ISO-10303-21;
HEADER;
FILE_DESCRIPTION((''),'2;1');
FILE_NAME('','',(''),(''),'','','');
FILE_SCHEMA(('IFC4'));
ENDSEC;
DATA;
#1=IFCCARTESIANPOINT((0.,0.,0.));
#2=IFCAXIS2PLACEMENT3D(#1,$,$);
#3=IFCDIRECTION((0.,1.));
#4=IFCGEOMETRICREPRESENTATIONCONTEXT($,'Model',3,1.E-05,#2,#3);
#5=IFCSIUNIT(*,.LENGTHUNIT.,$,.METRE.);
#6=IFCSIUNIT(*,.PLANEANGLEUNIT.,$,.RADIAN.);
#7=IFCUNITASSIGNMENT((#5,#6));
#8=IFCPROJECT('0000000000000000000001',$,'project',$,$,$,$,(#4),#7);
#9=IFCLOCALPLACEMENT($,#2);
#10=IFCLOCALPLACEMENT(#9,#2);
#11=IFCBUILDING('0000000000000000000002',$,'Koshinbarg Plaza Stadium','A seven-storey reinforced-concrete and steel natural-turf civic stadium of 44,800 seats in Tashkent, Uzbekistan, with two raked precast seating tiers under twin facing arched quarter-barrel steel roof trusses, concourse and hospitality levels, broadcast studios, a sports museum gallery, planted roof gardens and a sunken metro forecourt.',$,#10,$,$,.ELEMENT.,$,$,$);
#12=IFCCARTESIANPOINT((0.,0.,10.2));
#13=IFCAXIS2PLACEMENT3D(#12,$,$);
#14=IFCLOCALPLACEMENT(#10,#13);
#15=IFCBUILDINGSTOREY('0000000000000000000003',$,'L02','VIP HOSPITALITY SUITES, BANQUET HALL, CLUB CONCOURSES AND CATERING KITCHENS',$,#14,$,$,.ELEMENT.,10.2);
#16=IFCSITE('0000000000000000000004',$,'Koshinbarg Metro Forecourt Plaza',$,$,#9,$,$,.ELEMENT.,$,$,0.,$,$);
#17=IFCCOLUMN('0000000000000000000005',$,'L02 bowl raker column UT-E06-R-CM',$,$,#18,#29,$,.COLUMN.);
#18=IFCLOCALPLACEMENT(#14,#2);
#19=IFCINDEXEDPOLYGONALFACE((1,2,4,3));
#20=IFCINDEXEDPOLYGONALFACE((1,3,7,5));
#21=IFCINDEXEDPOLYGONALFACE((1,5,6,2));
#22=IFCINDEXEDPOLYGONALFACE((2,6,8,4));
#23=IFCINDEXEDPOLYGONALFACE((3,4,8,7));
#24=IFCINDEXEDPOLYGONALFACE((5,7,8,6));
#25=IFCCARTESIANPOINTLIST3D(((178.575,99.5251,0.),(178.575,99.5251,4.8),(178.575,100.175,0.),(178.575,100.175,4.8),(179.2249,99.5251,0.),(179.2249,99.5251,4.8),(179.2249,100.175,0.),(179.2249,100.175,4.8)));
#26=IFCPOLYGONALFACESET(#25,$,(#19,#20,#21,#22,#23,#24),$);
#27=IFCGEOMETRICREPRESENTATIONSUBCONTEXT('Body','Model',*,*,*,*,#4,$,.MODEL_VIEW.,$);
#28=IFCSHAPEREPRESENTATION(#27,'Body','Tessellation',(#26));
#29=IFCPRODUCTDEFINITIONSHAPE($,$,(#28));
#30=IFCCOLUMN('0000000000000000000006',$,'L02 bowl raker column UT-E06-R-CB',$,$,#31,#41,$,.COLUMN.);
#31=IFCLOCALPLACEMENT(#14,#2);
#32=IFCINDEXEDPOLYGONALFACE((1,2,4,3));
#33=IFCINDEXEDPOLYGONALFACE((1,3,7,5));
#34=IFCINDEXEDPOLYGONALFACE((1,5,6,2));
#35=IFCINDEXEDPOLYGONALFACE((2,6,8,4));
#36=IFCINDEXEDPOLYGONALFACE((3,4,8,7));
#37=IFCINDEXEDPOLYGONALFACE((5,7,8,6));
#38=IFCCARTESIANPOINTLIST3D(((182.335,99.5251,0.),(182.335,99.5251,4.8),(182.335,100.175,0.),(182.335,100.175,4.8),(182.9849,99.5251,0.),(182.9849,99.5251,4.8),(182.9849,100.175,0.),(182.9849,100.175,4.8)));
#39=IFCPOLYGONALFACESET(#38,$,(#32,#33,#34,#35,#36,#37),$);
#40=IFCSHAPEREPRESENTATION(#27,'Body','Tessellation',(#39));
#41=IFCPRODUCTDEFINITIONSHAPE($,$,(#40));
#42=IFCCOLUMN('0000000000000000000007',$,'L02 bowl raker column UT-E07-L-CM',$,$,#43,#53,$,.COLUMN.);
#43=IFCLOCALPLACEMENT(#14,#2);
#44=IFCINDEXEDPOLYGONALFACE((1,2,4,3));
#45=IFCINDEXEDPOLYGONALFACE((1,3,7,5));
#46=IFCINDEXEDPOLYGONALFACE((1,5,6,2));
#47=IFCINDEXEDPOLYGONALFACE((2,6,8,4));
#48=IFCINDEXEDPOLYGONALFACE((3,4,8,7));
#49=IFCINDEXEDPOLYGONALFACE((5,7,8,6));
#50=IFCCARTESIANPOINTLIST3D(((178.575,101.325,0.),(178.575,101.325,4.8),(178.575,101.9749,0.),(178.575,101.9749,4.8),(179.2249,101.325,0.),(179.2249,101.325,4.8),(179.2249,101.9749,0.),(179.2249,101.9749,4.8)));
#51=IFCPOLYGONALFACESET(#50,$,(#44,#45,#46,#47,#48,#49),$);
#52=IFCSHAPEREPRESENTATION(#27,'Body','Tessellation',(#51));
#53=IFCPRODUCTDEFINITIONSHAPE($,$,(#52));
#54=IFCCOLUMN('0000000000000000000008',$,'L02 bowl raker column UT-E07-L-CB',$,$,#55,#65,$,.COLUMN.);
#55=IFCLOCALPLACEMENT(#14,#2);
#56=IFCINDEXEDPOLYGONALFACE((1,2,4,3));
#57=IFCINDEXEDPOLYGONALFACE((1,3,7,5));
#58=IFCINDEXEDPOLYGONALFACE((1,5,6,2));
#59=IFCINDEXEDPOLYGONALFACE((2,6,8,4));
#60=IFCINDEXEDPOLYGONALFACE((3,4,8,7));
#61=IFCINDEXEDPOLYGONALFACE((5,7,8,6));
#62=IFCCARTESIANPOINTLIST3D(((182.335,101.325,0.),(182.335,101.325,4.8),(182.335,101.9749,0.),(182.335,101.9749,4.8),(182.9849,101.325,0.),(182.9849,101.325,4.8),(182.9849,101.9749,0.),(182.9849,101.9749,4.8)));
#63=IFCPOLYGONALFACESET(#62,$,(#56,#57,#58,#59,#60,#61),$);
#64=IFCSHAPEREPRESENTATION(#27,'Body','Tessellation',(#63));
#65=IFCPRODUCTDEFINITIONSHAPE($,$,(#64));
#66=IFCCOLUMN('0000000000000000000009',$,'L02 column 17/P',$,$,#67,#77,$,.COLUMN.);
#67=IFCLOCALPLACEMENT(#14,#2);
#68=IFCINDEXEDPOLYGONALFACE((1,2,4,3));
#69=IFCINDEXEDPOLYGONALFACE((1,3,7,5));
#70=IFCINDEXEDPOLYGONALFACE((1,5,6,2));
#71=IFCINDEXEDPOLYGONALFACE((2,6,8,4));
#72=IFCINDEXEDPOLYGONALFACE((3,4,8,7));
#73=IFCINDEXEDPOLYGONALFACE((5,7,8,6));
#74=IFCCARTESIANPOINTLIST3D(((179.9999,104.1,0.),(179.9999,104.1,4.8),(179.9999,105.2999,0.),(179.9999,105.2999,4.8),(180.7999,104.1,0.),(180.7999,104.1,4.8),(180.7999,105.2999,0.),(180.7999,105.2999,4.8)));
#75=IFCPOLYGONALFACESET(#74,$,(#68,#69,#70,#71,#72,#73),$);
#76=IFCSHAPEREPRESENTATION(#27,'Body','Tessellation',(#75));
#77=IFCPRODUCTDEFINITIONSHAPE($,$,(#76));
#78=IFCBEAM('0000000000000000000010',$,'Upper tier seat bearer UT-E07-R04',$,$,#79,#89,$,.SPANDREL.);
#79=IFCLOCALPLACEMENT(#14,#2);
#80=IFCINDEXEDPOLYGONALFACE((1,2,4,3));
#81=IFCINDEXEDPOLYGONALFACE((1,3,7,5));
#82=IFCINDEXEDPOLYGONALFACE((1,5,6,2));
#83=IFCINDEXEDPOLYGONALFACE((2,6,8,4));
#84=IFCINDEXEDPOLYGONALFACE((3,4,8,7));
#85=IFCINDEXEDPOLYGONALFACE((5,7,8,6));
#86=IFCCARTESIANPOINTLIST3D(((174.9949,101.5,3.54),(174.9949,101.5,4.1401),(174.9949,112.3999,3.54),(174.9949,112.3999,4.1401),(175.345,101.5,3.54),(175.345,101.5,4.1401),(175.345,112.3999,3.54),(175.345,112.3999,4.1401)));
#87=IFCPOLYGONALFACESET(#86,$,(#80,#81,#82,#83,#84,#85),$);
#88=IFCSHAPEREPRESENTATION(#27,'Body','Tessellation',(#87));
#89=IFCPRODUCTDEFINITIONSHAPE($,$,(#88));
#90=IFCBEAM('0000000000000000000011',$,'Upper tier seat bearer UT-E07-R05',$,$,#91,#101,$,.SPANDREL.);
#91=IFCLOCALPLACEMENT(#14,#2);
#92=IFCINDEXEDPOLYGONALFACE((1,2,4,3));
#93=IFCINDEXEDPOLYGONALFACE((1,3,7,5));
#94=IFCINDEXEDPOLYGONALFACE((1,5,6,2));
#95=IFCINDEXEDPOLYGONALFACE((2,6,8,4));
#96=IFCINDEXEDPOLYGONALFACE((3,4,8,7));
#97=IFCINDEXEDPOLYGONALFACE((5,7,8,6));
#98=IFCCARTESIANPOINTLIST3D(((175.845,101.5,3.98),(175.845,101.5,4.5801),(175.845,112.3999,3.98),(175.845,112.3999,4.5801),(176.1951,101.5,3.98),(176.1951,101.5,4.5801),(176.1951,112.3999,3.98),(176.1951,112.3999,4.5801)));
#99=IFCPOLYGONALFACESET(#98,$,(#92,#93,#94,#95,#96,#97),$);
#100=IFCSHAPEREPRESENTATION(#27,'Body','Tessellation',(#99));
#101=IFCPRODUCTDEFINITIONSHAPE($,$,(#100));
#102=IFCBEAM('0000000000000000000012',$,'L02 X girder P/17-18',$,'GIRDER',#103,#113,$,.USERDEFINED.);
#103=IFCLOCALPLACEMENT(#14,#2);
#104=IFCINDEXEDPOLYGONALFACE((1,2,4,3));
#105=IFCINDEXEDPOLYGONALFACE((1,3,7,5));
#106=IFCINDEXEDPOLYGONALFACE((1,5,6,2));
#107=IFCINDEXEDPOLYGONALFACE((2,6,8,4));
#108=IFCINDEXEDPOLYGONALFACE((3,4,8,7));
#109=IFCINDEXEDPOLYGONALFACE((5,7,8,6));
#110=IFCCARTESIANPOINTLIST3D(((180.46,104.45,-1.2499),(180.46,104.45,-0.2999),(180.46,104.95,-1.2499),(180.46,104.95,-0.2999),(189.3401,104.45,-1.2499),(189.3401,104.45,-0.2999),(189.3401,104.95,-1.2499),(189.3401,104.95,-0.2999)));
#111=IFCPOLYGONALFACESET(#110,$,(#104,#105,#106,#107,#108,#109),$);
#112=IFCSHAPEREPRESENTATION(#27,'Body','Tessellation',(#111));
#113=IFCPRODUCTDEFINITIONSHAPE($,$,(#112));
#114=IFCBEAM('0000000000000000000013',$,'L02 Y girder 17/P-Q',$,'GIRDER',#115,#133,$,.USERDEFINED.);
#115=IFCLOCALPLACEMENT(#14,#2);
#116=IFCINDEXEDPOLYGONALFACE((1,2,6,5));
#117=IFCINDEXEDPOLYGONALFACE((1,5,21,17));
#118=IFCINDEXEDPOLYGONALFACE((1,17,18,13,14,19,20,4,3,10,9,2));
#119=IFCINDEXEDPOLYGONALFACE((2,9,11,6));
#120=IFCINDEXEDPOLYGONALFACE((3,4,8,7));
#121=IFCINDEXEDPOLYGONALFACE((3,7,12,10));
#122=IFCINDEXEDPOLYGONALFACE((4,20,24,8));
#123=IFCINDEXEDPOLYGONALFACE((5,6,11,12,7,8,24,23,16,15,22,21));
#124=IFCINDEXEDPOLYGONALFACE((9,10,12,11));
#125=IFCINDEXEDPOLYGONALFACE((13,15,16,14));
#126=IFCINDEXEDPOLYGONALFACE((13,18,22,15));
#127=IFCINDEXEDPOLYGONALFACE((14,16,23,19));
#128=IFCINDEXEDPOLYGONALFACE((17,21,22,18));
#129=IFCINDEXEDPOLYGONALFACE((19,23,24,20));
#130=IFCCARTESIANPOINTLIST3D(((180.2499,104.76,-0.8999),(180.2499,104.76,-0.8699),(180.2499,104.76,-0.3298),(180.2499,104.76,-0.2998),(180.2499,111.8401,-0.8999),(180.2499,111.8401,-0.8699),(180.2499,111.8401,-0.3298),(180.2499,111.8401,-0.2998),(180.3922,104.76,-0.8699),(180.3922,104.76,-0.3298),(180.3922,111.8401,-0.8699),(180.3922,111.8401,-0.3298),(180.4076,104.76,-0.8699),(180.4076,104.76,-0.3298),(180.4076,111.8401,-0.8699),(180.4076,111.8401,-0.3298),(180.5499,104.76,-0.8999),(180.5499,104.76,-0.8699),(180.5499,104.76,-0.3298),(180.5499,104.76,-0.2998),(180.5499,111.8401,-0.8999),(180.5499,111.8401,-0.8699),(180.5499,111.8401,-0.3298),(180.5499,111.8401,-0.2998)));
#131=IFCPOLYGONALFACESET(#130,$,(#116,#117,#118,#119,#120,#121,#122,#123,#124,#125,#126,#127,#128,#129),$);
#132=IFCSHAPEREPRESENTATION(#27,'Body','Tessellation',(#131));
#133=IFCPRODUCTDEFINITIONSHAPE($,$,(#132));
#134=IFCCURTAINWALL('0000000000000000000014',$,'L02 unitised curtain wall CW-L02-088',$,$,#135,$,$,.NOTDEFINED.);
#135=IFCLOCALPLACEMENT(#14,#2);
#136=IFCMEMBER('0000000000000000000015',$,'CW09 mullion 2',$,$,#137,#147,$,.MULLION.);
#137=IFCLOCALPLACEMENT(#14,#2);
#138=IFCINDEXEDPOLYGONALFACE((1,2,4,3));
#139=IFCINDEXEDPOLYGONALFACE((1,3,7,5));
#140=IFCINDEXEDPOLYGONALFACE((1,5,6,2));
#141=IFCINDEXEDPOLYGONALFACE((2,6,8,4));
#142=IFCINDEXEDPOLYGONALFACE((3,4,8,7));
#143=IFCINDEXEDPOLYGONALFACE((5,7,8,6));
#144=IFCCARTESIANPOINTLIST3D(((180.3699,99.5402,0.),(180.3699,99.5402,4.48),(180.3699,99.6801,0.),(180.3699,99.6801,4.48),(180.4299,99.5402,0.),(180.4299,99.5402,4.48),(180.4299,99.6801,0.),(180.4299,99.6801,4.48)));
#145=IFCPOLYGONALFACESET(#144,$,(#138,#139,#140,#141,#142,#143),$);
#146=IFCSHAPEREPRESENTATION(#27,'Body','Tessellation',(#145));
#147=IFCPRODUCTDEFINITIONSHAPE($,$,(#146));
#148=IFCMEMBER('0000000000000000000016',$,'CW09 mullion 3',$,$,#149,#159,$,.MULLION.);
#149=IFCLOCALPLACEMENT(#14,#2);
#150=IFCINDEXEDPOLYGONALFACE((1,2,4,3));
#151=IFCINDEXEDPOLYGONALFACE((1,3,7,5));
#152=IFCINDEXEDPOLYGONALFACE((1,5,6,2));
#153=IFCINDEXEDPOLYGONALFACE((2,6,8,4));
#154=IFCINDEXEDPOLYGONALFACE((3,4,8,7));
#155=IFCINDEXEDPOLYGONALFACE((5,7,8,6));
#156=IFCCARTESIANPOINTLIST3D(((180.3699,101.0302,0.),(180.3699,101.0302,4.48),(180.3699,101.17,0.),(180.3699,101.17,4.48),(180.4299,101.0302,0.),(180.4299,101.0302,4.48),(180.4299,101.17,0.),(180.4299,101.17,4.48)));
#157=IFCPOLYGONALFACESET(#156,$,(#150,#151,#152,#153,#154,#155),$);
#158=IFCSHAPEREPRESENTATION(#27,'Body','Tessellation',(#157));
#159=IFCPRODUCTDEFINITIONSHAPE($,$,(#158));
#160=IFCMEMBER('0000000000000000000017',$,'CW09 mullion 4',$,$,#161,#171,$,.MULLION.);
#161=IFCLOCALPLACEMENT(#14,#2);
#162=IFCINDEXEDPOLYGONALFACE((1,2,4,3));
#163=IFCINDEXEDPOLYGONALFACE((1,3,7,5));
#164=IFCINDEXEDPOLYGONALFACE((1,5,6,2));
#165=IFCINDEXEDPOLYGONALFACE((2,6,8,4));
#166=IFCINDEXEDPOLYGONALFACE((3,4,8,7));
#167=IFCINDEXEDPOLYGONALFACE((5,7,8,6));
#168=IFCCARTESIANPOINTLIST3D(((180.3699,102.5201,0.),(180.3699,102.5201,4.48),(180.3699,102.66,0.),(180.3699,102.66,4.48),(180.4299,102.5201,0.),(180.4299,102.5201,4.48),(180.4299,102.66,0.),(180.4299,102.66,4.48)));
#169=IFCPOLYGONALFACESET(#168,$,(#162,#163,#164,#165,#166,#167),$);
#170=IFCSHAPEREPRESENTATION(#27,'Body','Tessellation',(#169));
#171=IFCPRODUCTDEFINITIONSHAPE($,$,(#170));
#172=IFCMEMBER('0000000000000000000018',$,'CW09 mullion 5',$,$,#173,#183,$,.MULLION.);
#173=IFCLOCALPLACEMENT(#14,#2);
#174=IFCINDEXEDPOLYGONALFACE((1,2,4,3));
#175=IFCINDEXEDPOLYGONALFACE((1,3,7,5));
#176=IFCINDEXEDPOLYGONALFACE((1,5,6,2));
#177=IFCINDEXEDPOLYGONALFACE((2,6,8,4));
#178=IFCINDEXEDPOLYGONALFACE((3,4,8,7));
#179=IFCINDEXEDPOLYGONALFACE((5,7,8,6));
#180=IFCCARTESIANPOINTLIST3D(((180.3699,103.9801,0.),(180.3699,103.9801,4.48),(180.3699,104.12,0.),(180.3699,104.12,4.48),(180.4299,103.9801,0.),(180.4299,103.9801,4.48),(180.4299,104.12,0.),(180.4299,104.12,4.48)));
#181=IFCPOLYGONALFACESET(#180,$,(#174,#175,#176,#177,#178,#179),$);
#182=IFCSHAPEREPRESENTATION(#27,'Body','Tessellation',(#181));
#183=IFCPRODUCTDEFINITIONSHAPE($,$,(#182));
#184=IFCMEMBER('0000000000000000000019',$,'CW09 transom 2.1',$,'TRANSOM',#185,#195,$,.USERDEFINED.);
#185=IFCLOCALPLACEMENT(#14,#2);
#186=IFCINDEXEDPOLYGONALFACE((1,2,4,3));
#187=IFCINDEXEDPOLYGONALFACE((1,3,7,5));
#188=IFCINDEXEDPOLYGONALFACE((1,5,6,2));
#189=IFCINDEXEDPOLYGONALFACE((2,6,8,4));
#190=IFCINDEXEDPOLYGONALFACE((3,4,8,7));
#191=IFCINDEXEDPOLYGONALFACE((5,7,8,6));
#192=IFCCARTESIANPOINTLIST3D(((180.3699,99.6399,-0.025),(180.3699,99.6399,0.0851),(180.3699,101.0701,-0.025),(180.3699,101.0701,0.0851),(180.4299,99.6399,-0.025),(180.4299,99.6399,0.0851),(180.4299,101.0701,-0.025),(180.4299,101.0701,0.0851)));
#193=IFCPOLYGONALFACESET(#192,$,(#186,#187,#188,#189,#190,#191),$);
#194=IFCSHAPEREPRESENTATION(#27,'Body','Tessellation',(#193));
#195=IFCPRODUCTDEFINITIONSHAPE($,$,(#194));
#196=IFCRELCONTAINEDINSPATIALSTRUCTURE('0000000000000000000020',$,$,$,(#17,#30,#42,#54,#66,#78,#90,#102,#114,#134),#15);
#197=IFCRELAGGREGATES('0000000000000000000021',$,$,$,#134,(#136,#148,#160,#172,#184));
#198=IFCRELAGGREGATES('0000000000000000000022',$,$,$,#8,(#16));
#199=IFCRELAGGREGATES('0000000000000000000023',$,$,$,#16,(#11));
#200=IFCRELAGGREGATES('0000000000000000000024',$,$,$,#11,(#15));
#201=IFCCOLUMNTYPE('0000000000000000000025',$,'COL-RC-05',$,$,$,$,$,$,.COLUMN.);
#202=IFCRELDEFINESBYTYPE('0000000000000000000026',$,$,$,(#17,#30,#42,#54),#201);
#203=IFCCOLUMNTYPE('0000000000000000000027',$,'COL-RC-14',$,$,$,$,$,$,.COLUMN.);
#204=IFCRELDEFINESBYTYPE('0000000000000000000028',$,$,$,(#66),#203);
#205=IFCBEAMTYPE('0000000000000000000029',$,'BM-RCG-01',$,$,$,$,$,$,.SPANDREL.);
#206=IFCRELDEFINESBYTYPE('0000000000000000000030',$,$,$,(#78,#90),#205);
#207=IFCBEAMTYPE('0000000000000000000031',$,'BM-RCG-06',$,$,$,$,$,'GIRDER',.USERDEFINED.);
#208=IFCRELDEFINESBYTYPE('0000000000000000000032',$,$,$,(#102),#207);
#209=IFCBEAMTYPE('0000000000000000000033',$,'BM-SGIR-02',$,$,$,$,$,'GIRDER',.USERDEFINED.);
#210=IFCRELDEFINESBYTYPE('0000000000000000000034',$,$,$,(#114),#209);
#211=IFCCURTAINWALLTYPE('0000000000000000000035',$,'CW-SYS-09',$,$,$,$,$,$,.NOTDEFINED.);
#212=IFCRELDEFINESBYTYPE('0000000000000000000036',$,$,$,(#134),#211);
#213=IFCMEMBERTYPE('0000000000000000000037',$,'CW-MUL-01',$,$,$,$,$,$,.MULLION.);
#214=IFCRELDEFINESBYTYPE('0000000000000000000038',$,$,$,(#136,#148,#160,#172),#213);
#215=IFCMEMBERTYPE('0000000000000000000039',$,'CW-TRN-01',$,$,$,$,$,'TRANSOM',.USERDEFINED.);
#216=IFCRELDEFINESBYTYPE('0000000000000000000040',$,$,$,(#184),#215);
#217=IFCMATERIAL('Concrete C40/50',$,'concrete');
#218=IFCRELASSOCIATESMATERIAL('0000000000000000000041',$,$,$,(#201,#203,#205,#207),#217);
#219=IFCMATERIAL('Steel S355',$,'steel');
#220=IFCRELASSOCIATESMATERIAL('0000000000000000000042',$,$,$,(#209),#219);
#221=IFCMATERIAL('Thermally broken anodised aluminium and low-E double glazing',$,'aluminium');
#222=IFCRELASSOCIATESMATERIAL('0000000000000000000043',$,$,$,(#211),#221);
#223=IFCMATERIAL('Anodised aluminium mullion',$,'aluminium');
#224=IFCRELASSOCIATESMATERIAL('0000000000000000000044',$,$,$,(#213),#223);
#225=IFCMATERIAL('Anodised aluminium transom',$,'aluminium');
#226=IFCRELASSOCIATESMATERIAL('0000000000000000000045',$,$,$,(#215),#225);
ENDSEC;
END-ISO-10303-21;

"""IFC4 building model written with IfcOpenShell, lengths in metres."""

from ifc_helpers import new_model, si_unit, direction, frame, origin, origin_2d, place, context, subcontext, project, spatial, rectangle, i_section, extrude, material, material_profile, profile_set, type_object, element, aggregate, save


model = new_model("IFC4")

# Units and contexts
model_context = context("Model", 3, precision=1e-05, world=origin(), true_north=direction((0.0, 1.0)))
body_context = subcontext(model_context, "Body", "Model", "MODEL_VIEW")
ifc_project = project(units=[si_unit("LENGTHUNIT", "METRE"), si_unit("PLANEANGLEUNIT", "RADIAN")], contexts=[model_context])

# Site, building, storey
site_placement = place(None, origin())
site = spatial("IfcSite", under=ifc_project, at=site_placement, Name="Koshinbarg Metro Forecourt Plaza", CompositionType="ELEMENT", RefElevation=0.0)
building_placement = place(site_placement, origin())
building = spatial("IfcBuilding", under=site, at=building_placement, Name="Koshinbarg Plaza Stadium", Description="A seven-storey reinforced-concrete and steel natural-turf civic stadium of 44,800 seats in Tashkent, Uzbekistan, with two raked precast seating tiers under twin facing arched quarter-barrel steel roof trusses, concourse and hospitality levels, broadcast studios, a sports museum gallery, planted roof gardens and a sunken metro forecourt.", CompositionType="ELEMENT")
storey_placement = place(building_placement, frame((0.0, 0.0, 10.2)))
storey = spatial("IfcBuildingStorey", under=building, at=storey_placement, Name="L02", Description="VIP HOSPITALITY SUITES, BANQUET HALL, CLUB CONCOURSES AND CATERING KITCHENS", CompositionType="ELEMENT", Elevation=10.2)

# Columns
ifc_material_1 = material(Name="Concrete C40/50", Category="concrete")
ifc_material_profile_1 = material_profile(ifc_material_1, rectangle(XDim=0.6499, YDim=0.6499, at=origin_2d()), Name="RC 650x650")
ifc_profile_set_1 = profile_set([ifc_material_profile_1], Name="Concrete C40/50")
column_type_1 = type_object("IfcColumnType", Name="COL-RC-05", PredefinedType="COLUMN", material=ifc_profile_set_1)
for number, where, z_axis, x_axis, name in (
    (1, (178.8999, 99.8501, 0.0), (0.0, 0.0, 1.0), (1.0, 0.0, 0.0), "L02 bowl raker column UT-E06-R-CM"),
    (2, (182.6599, 99.8501, 0.0), (0.0, 0.0, 1.0), (1.0, 0.0, 0.0), "L02 bowl raker column UT-E06-R-CB"),
    (3, (178.8999, 101.6499, 0.0), (0.0, 0.0, 1.0), (1.0, 0.0, 0.0), "L02 bowl raker column UT-E07-L-CM"),
    (4, (182.6599, 101.6499, 0.0), (0.0, 0.0, 1.0), (1.0, 0.0, 0.0), "L02 bowl raker column UT-E07-L-CB"),
):
    element("IfcColumn", number, at=place(storey_placement, frame(where, z_axis=z_axis, x_axis=x_axis)), inside=storey, type_object=column_type_1, Name=name, PredefinedType="COLUMN", context=body_context, shape_type="SweptSolid", body=[
        extrude(rectangle(XDim=0.6499, YDim=0.6499, at=origin_2d()), origin(), (0.0, 0.0, 1.0), 4.8),
    ])
ifc_material_profile_2 = material_profile(ifc_material_1, rectangle(XDim=0.8, YDim=1.2, at=origin_2d()), Name="RC 800x1200")
ifc_profile_set_2 = profile_set([ifc_material_profile_2], Name="Concrete C40/50")
column_type_2 = type_object("IfcColumnType", Name="COL-RC-14", PredefinedType="COLUMN", material=ifc_profile_set_2)
column_placement = place(storey_placement, frame((180.3999, 104.7, 0.0), z_axis=(0.0, 0.0, 1.0), x_axis=(1.0, 0.0, 0.0)))
element("IfcColumn", 5, at=column_placement, inside=storey, type_object=column_type_2, Name="L02 column 17/P", PredefinedType="COLUMN", context=body_context, shape_type="SweptSolid", body=[
    extrude(rectangle(XDim=0.8, YDim=1.2, at=origin_2d()), origin(), (0.0, 0.0, 1.0), 4.8),
])

# Beams
ifc_material_profile_3 = material_profile(ifc_material_1, rectangle(XDim=0.3501, YDim=0.6001, at=origin_2d()), Name="RC 350x600")
ifc_profile_set_3 = profile_set([ifc_material_profile_3], Name="Concrete C40/50")
beam_type_1 = type_object("IfcBeamType", Name="BM-RCG-01", PredefinedType="SPANDREL", material=ifc_profile_set_3)
for number, where, z_axis, x_axis, name in (
    (6, (175.1699, 101.5, 3.8401), (0.0, 1.0, 0.0), (-1.0, 0.0, 0.0), "Upper tier seat bearer UT-E07-R04"),
    (7, (176.02, 101.5, 4.28), (0.0, 1.0, 0.0), (-1.0, 0.0, 0.0), "Upper tier seat bearer UT-E07-R05"),
):
    element("IfcBeam", number, at=place(storey_placement, frame(where, z_axis=z_axis, x_axis=x_axis)), inside=storey, type_object=beam_type_1, Name=name, PredefinedType="SPANDREL", context=body_context, shape_type="SweptSolid", body=[
        extrude(rectangle(XDim=0.3501, YDim=0.6001, at=origin_2d()), origin(), (0.0, 0.0, 1.0), 10.8999),
    ])
ifc_material_profile_4 = material_profile(ifc_material_1, rectangle(XDim=0.5, YDim=0.95, at=origin_2d()), Name="RC 500x950")
ifc_profile_set_4 = profile_set([ifc_material_profile_4], Name="Concrete C40/50")
beam_type_2 = type_object("IfcBeamType", Name="BM-RCG-06", ElementType="GIRDER", PredefinedType="USERDEFINED", material=ifc_profile_set_4)
beam_1_placement = place(storey_placement, frame((180.46, 104.7, -0.7749), z_axis=(1.0, 0.0, 0.0), x_axis=(0.0, 1.0, 0.0)))
element("IfcBeam", 8, at=beam_1_placement, inside=storey, type_object=beam_type_2, Name="L02 X girder P/17-18", ObjectType="GIRDER", PredefinedType="USERDEFINED", context=body_context, shape_type="SweptSolid", body=[
    extrude(rectangle(XDim=0.5, YDim=0.95, at=origin_2d()), origin(), (0.0, 0.0, 1.0), 8.8801),
])
ifc_material_2 = material(Name="Steel S355", Category="steel")
ifc_material_profile_5 = material_profile(ifc_material_2, i_section(OverallWidth=0.3, OverallDepth=0.6001, WebThickness=0.0154, FlangeThickness=0.03, at=origin_2d()), Name="HEB 600")
ifc_profile_set_5 = profile_set([ifc_material_profile_5], Name="Steel S355")
beam_type_3 = type_object("IfcBeamType", Name="BM-SGIR-02", ElementType="GIRDER", PredefinedType="USERDEFINED", material=ifc_profile_set_5)
beam_2_placement = place(storey_placement, frame((180.3999, 104.76, -0.5999), z_axis=(0.0, 1.0, 0.0), x_axis=(-1.0, 0.0, 0.0)))
element("IfcBeam", 9, at=beam_2_placement, inside=storey, type_object=beam_type_3, Name="L02 Y girder 17/P-Q", ObjectType="GIRDER", PredefinedType="USERDEFINED", context=body_context, shape_type="SweptSolid", body=[
    extrude(i_section(OverallWidth=0.3, OverallDepth=0.6001, WebThickness=0.0154, FlangeThickness=0.03, at=origin_2d()), origin(), (0.0, 0.0, 1.0), 7.0801),
])

# Curtain wall, members
ifc_material_3 = material(Name="Thermally broken anodised aluminium and low-E double glazing", Category="aluminium")
curtain_wall_type = type_object("IfcCurtainWallType", Name="CW-SYS-09", PredefinedType="NOTDEFINED", material=ifc_material_3)
curtain_wall_placement = place(storey_placement, origin())
curtain_wall = element("IfcCurtainWall", 10, at=curtain_wall_placement, inside=storey, type_object=curtain_wall_type, Name="L02 unitised curtain wall CW-L02-088", PredefinedType="NOTDEFINED")
ifc_material_4 = material(Name="Anodised aluminium mullion", Category="aluminium")
ifc_material_profile_6 = material_profile(ifc_material_4, rectangle(XDim=0.0601, YDim=0.1399, at=origin_2d()), Name="ALU 60x140")
ifc_profile_set_6 = profile_set([ifc_material_profile_6], Name="Anodised aluminium mullion")
member_type_1 = type_object("IfcMemberType", Name="CW-MUL-01", PredefinedType="MULLION", material=ifc_profile_set_6)
member_1_placement = place(storey_placement, frame((180.3999, 99.6101, 0.0), z_axis=(0.0, 0.0, 1.0), x_axis=(-1.0, 0.0, 0.0)))
member_1 = element("IfcMember", 11, at=member_1_placement, type_object=member_type_1, Name="CW09 mullion 2", PredefinedType="MULLION", context=body_context, shape_type="SweptSolid", body=[
    extrude(rectangle(XDim=0.0601, YDim=0.1399, at=origin_2d()), origin(), (0.0, 0.0, 1.0), 4.48),
])
member_2_placement = place(storey_placement, frame((180.3999, 101.1001, 0.0), z_axis=(0.0, 0.0, 1.0), x_axis=(-1.0, 0.0, 0.0)))
member_2 = element("IfcMember", 12, at=member_2_placement, type_object=member_type_1, Name="CW09 mullion 3", PredefinedType="MULLION", context=body_context, shape_type="SweptSolid", body=[
    extrude(rectangle(XDim=0.0601, YDim=0.1399, at=origin_2d()), origin(), (0.0, 0.0, 1.0), 4.48),
])
member_3_placement = place(storey_placement, frame((180.3999, 102.5901, 0.0), z_axis=(0.0, 0.0, 1.0), x_axis=(-1.0, 0.0, 0.0)))
member_3 = element("IfcMember", 13, at=member_3_placement, type_object=member_type_1, Name="CW09 mullion 4", PredefinedType="MULLION", context=body_context, shape_type="SweptSolid", body=[
    extrude(rectangle(XDim=0.0601, YDim=0.1399, at=origin_2d()), origin(), (0.0, 0.0, 1.0), 4.48),
])
member_4_placement = place(storey_placement, frame((180.3999, 104.05, 0.0), z_axis=(0.0, 0.0, 1.0), x_axis=(-1.0, 0.0, 0.0)))
member_4 = element("IfcMember", 14, at=member_4_placement, type_object=member_type_1, Name="CW09 mullion 5", PredefinedType="MULLION", context=body_context, shape_type="SweptSolid", body=[
    extrude(rectangle(XDim=0.0601, YDim=0.1399, at=origin_2d()), origin(), (0.0, 0.0, 1.0), 4.48),
])
ifc_material_5 = material(Name="Anodised aluminium transom", Category="aluminium")
ifc_material_profile_7 = material_profile(ifc_material_5, rectangle(XDim=0.0601, YDim=0.1101, at=origin_2d()), Name="ALU 60x110")
ifc_profile_set_7 = profile_set([ifc_material_profile_7], Name="Anodised aluminium transom")
member_type_2 = type_object("IfcMemberType", Name="CW-TRN-01", ElementType="TRANSOM", PredefinedType="USERDEFINED", material=ifc_profile_set_7)
member_5_placement = place(storey_placement, frame((180.3999, 99.6399, 0.03), z_axis=(0.0, 1.0, 0.0), x_axis=(-1.0, 0.0, 0.0)))
member_5 = element("IfcMember", 15, at=member_5_placement, type_object=member_type_2, Name="CW09 transom 2.1", ObjectType="TRANSOM", PredefinedType="USERDEFINED", context=body_context, shape_type="SweptSolid", body=[
    extrude(rectangle(XDim=0.0601, YDim=0.1101, at=origin_2d()), origin(), (0.0, 0.0, 1.0), 1.4302),
])
aggregate(curtain_wall, [member_1, member_2, member_3, member_4, member_5])

save(model, "model.ifc")
